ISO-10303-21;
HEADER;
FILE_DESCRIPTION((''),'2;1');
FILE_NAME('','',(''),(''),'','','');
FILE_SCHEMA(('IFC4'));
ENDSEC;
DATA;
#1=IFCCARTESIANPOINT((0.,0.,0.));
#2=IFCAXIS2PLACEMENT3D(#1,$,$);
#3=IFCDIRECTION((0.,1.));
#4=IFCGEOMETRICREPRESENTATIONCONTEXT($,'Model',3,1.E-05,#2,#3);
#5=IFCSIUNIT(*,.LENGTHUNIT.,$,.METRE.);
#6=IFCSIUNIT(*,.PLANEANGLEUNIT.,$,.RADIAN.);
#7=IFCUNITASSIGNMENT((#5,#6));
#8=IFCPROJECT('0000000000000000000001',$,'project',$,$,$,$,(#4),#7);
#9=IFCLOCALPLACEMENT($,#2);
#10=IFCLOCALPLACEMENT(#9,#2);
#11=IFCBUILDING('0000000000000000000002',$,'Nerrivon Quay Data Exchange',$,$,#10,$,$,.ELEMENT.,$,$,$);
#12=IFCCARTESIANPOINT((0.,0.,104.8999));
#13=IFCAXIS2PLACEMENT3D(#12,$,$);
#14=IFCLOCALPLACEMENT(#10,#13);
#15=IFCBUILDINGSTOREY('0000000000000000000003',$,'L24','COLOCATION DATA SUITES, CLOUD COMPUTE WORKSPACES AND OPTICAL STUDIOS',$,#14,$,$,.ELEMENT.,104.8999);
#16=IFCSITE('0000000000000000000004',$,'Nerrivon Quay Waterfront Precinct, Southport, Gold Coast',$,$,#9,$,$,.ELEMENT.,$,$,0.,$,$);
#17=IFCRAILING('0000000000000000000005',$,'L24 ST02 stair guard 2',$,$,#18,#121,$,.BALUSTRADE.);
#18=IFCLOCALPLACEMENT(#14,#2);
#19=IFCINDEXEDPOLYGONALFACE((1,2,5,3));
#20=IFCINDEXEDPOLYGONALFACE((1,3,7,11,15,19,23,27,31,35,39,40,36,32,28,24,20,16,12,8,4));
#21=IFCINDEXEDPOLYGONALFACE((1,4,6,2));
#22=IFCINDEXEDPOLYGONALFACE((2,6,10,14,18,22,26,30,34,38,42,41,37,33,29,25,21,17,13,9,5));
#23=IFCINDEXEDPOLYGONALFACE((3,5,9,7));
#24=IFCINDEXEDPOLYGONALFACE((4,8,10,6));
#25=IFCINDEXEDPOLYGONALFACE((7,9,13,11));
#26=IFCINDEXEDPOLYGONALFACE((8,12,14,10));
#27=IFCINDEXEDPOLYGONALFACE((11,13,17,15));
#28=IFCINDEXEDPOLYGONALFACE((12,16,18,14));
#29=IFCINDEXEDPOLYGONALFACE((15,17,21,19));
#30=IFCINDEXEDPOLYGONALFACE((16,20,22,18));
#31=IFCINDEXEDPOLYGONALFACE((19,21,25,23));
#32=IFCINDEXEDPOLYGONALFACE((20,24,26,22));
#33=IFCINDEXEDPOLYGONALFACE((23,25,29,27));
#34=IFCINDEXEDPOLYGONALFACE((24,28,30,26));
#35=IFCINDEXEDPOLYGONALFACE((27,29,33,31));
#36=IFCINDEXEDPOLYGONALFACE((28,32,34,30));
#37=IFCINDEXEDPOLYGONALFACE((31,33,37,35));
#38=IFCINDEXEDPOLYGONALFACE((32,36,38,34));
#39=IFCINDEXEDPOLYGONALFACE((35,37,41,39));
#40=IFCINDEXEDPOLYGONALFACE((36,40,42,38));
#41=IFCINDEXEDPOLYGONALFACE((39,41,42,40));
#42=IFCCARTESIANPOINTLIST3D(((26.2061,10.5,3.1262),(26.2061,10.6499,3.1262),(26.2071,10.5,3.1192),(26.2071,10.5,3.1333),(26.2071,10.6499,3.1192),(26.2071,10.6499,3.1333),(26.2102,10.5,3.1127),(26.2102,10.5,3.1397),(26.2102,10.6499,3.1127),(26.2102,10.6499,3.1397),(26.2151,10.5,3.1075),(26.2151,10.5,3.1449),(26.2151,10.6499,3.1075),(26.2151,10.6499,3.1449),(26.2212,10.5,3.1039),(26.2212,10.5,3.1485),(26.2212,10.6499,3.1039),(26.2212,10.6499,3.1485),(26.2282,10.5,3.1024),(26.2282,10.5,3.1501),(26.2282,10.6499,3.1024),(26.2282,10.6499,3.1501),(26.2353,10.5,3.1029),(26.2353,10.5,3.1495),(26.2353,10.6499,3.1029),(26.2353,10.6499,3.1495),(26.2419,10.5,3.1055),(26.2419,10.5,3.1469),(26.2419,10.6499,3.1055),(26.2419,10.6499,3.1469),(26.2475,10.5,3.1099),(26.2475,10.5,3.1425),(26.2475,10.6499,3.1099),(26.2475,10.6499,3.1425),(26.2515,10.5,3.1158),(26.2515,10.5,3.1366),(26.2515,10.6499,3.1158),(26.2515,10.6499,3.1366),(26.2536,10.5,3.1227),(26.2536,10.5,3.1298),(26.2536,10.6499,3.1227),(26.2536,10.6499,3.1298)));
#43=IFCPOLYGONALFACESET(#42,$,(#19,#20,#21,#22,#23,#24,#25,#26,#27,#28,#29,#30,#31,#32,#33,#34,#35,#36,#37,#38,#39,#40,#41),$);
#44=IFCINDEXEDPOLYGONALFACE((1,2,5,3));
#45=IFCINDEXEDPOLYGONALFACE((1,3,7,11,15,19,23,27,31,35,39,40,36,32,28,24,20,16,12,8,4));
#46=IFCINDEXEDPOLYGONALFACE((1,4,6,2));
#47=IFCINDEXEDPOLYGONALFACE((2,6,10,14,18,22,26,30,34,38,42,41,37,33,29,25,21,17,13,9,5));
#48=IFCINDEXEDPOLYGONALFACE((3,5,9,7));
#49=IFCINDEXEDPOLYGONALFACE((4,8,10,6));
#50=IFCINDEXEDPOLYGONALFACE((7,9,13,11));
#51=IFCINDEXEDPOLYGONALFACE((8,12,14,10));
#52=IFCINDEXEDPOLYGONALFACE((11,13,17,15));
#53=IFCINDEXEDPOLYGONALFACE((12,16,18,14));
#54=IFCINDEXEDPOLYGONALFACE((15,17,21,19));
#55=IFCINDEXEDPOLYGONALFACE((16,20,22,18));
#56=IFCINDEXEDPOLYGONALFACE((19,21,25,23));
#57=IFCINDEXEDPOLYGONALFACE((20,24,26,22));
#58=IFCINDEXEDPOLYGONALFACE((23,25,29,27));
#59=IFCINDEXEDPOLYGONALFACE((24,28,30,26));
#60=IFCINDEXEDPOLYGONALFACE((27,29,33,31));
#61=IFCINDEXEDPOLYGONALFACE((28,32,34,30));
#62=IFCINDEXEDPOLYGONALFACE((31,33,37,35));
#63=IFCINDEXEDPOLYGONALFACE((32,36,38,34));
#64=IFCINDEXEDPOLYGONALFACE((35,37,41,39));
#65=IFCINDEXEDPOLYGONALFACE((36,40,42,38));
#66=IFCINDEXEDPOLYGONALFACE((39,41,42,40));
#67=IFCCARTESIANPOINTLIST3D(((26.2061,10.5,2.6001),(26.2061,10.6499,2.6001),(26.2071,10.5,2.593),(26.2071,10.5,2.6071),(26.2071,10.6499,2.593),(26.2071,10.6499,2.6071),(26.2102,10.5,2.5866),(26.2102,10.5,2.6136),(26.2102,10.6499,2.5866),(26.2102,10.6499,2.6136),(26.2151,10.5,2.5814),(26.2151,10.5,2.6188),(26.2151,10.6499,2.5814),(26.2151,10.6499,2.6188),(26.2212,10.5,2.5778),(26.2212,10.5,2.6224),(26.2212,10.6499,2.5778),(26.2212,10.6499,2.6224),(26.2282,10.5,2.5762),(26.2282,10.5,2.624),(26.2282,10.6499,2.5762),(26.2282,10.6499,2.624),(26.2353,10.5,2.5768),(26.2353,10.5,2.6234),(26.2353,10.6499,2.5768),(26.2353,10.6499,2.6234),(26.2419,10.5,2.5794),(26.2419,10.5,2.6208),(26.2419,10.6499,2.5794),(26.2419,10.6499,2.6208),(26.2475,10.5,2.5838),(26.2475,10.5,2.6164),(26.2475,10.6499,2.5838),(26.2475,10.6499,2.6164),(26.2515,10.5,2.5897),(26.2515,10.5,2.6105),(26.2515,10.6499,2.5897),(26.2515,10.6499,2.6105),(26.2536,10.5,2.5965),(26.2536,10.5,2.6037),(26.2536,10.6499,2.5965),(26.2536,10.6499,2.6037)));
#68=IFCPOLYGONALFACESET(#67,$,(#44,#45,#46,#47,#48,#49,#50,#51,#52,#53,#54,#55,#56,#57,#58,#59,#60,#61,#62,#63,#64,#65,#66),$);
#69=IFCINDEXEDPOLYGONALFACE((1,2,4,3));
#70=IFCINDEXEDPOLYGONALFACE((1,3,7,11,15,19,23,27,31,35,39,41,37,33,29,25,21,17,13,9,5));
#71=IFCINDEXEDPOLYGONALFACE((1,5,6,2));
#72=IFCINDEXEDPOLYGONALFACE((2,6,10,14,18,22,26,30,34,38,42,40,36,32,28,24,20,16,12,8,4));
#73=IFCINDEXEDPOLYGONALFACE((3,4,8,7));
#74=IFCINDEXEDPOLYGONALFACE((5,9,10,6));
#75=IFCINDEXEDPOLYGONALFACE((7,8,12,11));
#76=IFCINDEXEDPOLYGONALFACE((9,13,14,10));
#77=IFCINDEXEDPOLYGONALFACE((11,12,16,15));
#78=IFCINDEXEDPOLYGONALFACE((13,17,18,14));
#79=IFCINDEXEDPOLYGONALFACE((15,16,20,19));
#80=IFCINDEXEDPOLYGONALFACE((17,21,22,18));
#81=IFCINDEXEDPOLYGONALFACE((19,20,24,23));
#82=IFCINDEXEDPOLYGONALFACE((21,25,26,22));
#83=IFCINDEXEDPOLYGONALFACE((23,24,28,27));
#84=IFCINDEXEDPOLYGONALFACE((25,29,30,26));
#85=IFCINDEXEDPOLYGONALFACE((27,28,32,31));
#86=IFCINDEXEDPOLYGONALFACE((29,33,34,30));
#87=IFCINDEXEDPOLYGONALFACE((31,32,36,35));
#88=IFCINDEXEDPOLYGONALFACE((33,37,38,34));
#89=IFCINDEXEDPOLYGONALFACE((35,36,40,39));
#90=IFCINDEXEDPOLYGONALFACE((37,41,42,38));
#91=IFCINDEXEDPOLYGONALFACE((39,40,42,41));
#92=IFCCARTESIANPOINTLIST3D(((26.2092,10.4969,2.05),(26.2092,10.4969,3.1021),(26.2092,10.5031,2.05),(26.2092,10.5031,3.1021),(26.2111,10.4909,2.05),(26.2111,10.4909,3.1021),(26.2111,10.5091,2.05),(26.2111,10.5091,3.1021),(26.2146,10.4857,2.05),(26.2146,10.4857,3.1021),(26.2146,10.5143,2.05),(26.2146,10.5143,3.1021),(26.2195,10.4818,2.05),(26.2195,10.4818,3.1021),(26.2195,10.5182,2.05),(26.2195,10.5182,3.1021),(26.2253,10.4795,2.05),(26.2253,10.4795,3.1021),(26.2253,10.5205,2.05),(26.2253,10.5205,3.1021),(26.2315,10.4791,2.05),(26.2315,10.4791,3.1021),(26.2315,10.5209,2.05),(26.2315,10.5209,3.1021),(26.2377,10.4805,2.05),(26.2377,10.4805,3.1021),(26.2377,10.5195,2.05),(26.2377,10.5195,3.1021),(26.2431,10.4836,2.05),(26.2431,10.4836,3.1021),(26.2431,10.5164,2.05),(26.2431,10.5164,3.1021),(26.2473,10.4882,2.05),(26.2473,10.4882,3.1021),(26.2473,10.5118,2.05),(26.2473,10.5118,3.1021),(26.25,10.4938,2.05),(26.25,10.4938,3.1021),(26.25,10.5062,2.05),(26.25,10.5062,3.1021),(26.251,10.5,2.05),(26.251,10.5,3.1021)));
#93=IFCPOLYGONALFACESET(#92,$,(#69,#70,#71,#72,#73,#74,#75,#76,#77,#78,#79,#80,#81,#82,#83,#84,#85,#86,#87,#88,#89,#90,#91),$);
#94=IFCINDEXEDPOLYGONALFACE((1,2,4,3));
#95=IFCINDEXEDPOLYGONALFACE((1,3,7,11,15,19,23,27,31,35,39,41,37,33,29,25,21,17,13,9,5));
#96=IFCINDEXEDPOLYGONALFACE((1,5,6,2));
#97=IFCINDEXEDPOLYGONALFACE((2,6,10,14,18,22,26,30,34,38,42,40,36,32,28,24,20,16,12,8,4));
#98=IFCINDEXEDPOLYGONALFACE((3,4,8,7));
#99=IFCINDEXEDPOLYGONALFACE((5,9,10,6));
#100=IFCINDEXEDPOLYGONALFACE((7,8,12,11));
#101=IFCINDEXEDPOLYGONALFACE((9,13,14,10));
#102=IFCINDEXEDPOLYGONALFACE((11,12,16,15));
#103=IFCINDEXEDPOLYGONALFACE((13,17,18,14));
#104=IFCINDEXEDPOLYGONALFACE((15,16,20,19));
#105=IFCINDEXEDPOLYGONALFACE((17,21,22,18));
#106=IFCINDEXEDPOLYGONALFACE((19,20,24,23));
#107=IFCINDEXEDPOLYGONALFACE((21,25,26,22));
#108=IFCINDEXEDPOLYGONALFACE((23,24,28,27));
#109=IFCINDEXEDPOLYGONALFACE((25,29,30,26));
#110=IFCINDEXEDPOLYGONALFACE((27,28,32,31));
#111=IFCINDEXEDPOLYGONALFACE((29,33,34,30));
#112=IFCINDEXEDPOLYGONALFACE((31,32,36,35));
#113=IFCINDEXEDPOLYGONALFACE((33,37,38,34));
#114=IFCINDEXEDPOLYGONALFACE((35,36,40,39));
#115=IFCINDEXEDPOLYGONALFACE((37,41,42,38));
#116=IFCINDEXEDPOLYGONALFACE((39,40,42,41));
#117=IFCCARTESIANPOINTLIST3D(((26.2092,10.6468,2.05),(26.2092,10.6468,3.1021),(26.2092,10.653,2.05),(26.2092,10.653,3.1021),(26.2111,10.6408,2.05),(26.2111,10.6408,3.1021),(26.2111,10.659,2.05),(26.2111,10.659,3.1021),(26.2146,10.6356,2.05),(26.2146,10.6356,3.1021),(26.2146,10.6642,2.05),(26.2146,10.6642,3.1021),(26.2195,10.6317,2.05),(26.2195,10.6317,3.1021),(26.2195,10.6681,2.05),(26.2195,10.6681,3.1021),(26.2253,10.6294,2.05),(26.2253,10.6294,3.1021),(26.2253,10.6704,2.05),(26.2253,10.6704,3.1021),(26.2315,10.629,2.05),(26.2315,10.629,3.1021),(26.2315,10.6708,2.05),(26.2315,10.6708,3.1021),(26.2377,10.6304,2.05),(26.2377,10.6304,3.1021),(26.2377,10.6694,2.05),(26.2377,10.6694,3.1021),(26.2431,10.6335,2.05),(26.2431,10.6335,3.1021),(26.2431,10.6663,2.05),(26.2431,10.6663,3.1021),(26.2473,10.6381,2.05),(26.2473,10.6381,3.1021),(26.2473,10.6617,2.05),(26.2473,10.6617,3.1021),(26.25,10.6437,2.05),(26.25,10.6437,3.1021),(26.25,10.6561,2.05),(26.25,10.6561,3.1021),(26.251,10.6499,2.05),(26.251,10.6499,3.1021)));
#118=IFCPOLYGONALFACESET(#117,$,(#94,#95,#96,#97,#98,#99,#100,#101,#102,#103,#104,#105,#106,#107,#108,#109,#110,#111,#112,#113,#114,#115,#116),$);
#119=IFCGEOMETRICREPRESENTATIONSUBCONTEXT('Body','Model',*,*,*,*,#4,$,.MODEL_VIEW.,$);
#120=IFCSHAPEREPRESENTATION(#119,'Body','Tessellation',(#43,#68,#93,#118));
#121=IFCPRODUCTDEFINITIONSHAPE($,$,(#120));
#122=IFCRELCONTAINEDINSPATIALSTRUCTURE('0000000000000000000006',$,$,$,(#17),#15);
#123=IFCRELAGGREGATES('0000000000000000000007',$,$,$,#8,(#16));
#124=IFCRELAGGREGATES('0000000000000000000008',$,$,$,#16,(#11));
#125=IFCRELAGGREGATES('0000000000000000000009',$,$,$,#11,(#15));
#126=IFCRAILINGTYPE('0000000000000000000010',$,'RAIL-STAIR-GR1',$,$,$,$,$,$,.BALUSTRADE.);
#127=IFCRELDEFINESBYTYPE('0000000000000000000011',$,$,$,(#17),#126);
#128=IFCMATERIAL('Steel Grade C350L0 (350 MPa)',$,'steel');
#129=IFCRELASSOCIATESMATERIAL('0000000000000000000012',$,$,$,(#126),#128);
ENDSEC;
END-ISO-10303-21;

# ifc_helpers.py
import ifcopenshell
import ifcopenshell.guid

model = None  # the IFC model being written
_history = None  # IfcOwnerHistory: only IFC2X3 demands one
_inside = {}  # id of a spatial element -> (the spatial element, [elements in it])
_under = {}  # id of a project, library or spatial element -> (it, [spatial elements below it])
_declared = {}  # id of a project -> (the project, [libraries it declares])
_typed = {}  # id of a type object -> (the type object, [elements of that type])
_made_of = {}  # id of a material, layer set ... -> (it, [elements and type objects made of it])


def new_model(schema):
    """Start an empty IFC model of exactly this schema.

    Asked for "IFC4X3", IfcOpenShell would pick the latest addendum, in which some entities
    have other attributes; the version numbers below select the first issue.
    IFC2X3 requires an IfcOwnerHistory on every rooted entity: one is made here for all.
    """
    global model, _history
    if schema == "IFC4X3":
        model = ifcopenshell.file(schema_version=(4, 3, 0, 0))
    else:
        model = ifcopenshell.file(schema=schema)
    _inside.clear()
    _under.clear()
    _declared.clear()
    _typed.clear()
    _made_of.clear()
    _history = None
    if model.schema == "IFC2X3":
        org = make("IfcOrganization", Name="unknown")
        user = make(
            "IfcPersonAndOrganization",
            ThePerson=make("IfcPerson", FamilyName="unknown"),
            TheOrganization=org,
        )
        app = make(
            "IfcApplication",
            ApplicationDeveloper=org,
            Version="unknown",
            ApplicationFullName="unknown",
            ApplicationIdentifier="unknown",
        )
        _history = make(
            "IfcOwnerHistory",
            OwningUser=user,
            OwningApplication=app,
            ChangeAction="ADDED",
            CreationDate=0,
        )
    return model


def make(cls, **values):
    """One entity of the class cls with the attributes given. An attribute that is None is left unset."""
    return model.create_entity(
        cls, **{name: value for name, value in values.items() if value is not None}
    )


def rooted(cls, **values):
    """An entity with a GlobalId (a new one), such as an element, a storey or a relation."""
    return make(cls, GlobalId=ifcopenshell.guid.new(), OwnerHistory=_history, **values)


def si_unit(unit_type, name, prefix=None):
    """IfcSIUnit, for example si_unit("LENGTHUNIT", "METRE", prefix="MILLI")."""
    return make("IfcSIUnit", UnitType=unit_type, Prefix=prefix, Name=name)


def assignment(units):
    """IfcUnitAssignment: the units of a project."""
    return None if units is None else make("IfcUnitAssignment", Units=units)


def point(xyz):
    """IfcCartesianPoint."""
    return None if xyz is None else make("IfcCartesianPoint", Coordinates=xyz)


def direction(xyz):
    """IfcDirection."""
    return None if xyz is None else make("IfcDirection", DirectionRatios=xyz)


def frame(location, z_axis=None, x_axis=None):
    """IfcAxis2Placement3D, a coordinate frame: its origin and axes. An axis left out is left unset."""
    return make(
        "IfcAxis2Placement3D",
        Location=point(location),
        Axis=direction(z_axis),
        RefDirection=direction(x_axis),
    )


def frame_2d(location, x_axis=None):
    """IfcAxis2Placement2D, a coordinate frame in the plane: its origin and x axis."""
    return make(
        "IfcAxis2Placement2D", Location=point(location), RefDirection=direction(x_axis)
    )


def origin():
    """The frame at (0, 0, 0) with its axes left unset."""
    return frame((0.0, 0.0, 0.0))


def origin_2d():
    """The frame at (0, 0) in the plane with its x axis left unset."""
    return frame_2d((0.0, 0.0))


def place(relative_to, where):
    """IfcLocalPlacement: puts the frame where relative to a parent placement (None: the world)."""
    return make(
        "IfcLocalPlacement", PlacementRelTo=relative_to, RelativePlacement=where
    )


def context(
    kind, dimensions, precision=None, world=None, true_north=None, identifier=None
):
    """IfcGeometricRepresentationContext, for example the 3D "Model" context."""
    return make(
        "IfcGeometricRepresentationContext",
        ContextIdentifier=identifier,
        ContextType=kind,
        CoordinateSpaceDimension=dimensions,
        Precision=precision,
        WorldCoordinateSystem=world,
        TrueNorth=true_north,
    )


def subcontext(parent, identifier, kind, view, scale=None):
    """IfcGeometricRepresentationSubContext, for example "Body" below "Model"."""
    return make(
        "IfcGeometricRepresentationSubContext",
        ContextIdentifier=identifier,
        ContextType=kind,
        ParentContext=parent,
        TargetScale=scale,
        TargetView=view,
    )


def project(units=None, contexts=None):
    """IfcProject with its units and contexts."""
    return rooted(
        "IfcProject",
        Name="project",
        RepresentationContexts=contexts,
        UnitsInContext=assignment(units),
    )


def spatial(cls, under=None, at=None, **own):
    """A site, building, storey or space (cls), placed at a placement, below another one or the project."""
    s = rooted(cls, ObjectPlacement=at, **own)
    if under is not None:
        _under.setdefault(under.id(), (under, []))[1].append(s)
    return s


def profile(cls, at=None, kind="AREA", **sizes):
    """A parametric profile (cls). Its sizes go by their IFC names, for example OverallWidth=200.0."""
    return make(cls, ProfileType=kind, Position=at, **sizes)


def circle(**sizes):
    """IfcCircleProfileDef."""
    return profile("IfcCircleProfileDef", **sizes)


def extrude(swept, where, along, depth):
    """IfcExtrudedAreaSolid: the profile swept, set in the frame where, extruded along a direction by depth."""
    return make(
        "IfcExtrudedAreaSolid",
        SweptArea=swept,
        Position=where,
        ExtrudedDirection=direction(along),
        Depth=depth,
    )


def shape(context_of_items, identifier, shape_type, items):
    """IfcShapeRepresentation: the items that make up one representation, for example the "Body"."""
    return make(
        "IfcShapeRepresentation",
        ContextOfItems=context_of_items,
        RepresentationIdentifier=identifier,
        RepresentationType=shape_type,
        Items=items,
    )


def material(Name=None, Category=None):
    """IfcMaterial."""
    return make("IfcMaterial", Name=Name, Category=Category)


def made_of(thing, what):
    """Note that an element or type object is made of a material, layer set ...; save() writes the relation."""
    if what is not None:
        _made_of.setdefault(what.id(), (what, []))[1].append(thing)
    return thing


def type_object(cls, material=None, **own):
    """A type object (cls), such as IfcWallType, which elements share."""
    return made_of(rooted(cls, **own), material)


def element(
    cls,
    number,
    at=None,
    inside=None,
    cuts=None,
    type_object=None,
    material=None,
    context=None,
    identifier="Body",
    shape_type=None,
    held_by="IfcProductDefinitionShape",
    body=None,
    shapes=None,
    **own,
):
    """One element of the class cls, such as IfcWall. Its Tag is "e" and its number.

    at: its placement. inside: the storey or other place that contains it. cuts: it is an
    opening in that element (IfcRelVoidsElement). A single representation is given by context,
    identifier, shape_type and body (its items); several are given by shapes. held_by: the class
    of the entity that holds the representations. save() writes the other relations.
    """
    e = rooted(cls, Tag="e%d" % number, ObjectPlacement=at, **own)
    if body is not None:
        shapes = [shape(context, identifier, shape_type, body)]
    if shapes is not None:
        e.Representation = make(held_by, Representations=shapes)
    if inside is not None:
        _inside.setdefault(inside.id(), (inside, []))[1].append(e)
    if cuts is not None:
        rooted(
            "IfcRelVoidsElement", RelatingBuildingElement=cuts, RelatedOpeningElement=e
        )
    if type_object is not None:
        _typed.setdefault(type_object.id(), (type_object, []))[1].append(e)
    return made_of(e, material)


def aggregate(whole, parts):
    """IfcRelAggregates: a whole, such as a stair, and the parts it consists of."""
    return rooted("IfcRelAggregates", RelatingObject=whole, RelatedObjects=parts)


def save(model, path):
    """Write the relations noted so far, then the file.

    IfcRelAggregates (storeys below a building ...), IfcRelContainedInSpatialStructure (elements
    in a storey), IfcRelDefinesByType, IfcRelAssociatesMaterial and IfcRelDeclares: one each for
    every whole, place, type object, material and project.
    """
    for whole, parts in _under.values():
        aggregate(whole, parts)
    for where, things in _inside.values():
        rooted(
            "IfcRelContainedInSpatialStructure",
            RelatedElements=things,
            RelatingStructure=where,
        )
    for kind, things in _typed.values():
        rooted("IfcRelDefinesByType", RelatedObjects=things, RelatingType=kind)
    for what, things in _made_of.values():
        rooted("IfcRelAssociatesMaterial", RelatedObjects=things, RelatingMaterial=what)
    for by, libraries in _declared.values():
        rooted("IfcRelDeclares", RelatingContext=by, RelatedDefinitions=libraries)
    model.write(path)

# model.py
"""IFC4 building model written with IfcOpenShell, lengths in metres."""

from ifc_helpers import new_model, si_unit, direction, frame, origin, origin_2d, place, context, subcontext, project, spatial, circle, extrude, material, type_object, element, save


model = new_model("IFC4")

# Units and contexts
model_context = context("Model", 3, precision=1e-05, world=origin(), true_north=direction((0.0, 1.0)))
body_context = subcontext(model_context, "Body", "Model", "MODEL_VIEW")
ifc_project = project(units=[si_unit("LENGTHUNIT", "METRE"), si_unit("PLANEANGLEUNIT", "RADIAN")], contexts=[model_context])

# Site, building, storey
site_placement = place(None, origin())
site = spatial("IfcSite", under=ifc_project, at=site_placement, Name="Nerrivon Quay Waterfront Precinct, Southport, Gold Coast", CompositionType="ELEMENT", RefElevation=0.0)
building_placement = place(site_placement, origin())
building = spatial("IfcBuilding", under=site, at=building_placement, Name="Nerrivon Quay Data Exchange", CompositionType="ELEMENT")
storey_placement = place(building_placement, frame((0.0, 0.0, 104.8999)))
storey = spatial("IfcBuildingStorey", under=building, at=storey_placement, Name="L24", Description="COLOCATION DATA SUITES, CLOUD COMPUTE WORKSPACES AND OPTICAL STUDIOS", CompositionType="ELEMENT", Elevation=104.8999)

# Railing
ifc_material_1 = material(Name="Steel Grade C350L0 (350 MPa)", Category="steel")
railing_type_1 = type_object("IfcRailingType", Name="RAIL-STAIR-GR1", PredefinedType="BALUSTRADE", material=ifc_material_1)
railing_1_placement = place(storey_placement, frame((26.23, 10.5, 2.05)))
element("IfcRailing", 1, at=railing_1_placement, inside=storey, type_object=railing_type_1, Name="L24 ST02 stair guard 2", PredefinedType="BALUSTRADE", context=body_context, shape_type="SweptSolid", body=[
    extrude(circle(Radius=0.0239, at=origin_2d()), frame((0.0, 0.0, 1.0762), z_axis=(0.0, 1.0, 0.0), x_axis=(-1.0, 0.0, 0.0)), (0.0, 0.0, 1.0), 0.1499),
    extrude(circle(Radius=0.0239, at=origin_2d()), frame((0.0, 0.0, 0.55), z_axis=(0.0, 1.0, 0.0), x_axis=(-1.0, 0.0, 0.0)), (0.0, 0.0, 1.0), 0.1499),
    extrude(circle(Radius=0.021, at=origin_2d()), origin(), (0.0, 0.0, 1.0), 1.052),
    extrude(circle(Radius=0.021, at=origin_2d()), frame((0.0, 0.1499, 0.0)), (0.0, 0.0, 1.0), 1.052),
])

save(model, "model.ifc")
